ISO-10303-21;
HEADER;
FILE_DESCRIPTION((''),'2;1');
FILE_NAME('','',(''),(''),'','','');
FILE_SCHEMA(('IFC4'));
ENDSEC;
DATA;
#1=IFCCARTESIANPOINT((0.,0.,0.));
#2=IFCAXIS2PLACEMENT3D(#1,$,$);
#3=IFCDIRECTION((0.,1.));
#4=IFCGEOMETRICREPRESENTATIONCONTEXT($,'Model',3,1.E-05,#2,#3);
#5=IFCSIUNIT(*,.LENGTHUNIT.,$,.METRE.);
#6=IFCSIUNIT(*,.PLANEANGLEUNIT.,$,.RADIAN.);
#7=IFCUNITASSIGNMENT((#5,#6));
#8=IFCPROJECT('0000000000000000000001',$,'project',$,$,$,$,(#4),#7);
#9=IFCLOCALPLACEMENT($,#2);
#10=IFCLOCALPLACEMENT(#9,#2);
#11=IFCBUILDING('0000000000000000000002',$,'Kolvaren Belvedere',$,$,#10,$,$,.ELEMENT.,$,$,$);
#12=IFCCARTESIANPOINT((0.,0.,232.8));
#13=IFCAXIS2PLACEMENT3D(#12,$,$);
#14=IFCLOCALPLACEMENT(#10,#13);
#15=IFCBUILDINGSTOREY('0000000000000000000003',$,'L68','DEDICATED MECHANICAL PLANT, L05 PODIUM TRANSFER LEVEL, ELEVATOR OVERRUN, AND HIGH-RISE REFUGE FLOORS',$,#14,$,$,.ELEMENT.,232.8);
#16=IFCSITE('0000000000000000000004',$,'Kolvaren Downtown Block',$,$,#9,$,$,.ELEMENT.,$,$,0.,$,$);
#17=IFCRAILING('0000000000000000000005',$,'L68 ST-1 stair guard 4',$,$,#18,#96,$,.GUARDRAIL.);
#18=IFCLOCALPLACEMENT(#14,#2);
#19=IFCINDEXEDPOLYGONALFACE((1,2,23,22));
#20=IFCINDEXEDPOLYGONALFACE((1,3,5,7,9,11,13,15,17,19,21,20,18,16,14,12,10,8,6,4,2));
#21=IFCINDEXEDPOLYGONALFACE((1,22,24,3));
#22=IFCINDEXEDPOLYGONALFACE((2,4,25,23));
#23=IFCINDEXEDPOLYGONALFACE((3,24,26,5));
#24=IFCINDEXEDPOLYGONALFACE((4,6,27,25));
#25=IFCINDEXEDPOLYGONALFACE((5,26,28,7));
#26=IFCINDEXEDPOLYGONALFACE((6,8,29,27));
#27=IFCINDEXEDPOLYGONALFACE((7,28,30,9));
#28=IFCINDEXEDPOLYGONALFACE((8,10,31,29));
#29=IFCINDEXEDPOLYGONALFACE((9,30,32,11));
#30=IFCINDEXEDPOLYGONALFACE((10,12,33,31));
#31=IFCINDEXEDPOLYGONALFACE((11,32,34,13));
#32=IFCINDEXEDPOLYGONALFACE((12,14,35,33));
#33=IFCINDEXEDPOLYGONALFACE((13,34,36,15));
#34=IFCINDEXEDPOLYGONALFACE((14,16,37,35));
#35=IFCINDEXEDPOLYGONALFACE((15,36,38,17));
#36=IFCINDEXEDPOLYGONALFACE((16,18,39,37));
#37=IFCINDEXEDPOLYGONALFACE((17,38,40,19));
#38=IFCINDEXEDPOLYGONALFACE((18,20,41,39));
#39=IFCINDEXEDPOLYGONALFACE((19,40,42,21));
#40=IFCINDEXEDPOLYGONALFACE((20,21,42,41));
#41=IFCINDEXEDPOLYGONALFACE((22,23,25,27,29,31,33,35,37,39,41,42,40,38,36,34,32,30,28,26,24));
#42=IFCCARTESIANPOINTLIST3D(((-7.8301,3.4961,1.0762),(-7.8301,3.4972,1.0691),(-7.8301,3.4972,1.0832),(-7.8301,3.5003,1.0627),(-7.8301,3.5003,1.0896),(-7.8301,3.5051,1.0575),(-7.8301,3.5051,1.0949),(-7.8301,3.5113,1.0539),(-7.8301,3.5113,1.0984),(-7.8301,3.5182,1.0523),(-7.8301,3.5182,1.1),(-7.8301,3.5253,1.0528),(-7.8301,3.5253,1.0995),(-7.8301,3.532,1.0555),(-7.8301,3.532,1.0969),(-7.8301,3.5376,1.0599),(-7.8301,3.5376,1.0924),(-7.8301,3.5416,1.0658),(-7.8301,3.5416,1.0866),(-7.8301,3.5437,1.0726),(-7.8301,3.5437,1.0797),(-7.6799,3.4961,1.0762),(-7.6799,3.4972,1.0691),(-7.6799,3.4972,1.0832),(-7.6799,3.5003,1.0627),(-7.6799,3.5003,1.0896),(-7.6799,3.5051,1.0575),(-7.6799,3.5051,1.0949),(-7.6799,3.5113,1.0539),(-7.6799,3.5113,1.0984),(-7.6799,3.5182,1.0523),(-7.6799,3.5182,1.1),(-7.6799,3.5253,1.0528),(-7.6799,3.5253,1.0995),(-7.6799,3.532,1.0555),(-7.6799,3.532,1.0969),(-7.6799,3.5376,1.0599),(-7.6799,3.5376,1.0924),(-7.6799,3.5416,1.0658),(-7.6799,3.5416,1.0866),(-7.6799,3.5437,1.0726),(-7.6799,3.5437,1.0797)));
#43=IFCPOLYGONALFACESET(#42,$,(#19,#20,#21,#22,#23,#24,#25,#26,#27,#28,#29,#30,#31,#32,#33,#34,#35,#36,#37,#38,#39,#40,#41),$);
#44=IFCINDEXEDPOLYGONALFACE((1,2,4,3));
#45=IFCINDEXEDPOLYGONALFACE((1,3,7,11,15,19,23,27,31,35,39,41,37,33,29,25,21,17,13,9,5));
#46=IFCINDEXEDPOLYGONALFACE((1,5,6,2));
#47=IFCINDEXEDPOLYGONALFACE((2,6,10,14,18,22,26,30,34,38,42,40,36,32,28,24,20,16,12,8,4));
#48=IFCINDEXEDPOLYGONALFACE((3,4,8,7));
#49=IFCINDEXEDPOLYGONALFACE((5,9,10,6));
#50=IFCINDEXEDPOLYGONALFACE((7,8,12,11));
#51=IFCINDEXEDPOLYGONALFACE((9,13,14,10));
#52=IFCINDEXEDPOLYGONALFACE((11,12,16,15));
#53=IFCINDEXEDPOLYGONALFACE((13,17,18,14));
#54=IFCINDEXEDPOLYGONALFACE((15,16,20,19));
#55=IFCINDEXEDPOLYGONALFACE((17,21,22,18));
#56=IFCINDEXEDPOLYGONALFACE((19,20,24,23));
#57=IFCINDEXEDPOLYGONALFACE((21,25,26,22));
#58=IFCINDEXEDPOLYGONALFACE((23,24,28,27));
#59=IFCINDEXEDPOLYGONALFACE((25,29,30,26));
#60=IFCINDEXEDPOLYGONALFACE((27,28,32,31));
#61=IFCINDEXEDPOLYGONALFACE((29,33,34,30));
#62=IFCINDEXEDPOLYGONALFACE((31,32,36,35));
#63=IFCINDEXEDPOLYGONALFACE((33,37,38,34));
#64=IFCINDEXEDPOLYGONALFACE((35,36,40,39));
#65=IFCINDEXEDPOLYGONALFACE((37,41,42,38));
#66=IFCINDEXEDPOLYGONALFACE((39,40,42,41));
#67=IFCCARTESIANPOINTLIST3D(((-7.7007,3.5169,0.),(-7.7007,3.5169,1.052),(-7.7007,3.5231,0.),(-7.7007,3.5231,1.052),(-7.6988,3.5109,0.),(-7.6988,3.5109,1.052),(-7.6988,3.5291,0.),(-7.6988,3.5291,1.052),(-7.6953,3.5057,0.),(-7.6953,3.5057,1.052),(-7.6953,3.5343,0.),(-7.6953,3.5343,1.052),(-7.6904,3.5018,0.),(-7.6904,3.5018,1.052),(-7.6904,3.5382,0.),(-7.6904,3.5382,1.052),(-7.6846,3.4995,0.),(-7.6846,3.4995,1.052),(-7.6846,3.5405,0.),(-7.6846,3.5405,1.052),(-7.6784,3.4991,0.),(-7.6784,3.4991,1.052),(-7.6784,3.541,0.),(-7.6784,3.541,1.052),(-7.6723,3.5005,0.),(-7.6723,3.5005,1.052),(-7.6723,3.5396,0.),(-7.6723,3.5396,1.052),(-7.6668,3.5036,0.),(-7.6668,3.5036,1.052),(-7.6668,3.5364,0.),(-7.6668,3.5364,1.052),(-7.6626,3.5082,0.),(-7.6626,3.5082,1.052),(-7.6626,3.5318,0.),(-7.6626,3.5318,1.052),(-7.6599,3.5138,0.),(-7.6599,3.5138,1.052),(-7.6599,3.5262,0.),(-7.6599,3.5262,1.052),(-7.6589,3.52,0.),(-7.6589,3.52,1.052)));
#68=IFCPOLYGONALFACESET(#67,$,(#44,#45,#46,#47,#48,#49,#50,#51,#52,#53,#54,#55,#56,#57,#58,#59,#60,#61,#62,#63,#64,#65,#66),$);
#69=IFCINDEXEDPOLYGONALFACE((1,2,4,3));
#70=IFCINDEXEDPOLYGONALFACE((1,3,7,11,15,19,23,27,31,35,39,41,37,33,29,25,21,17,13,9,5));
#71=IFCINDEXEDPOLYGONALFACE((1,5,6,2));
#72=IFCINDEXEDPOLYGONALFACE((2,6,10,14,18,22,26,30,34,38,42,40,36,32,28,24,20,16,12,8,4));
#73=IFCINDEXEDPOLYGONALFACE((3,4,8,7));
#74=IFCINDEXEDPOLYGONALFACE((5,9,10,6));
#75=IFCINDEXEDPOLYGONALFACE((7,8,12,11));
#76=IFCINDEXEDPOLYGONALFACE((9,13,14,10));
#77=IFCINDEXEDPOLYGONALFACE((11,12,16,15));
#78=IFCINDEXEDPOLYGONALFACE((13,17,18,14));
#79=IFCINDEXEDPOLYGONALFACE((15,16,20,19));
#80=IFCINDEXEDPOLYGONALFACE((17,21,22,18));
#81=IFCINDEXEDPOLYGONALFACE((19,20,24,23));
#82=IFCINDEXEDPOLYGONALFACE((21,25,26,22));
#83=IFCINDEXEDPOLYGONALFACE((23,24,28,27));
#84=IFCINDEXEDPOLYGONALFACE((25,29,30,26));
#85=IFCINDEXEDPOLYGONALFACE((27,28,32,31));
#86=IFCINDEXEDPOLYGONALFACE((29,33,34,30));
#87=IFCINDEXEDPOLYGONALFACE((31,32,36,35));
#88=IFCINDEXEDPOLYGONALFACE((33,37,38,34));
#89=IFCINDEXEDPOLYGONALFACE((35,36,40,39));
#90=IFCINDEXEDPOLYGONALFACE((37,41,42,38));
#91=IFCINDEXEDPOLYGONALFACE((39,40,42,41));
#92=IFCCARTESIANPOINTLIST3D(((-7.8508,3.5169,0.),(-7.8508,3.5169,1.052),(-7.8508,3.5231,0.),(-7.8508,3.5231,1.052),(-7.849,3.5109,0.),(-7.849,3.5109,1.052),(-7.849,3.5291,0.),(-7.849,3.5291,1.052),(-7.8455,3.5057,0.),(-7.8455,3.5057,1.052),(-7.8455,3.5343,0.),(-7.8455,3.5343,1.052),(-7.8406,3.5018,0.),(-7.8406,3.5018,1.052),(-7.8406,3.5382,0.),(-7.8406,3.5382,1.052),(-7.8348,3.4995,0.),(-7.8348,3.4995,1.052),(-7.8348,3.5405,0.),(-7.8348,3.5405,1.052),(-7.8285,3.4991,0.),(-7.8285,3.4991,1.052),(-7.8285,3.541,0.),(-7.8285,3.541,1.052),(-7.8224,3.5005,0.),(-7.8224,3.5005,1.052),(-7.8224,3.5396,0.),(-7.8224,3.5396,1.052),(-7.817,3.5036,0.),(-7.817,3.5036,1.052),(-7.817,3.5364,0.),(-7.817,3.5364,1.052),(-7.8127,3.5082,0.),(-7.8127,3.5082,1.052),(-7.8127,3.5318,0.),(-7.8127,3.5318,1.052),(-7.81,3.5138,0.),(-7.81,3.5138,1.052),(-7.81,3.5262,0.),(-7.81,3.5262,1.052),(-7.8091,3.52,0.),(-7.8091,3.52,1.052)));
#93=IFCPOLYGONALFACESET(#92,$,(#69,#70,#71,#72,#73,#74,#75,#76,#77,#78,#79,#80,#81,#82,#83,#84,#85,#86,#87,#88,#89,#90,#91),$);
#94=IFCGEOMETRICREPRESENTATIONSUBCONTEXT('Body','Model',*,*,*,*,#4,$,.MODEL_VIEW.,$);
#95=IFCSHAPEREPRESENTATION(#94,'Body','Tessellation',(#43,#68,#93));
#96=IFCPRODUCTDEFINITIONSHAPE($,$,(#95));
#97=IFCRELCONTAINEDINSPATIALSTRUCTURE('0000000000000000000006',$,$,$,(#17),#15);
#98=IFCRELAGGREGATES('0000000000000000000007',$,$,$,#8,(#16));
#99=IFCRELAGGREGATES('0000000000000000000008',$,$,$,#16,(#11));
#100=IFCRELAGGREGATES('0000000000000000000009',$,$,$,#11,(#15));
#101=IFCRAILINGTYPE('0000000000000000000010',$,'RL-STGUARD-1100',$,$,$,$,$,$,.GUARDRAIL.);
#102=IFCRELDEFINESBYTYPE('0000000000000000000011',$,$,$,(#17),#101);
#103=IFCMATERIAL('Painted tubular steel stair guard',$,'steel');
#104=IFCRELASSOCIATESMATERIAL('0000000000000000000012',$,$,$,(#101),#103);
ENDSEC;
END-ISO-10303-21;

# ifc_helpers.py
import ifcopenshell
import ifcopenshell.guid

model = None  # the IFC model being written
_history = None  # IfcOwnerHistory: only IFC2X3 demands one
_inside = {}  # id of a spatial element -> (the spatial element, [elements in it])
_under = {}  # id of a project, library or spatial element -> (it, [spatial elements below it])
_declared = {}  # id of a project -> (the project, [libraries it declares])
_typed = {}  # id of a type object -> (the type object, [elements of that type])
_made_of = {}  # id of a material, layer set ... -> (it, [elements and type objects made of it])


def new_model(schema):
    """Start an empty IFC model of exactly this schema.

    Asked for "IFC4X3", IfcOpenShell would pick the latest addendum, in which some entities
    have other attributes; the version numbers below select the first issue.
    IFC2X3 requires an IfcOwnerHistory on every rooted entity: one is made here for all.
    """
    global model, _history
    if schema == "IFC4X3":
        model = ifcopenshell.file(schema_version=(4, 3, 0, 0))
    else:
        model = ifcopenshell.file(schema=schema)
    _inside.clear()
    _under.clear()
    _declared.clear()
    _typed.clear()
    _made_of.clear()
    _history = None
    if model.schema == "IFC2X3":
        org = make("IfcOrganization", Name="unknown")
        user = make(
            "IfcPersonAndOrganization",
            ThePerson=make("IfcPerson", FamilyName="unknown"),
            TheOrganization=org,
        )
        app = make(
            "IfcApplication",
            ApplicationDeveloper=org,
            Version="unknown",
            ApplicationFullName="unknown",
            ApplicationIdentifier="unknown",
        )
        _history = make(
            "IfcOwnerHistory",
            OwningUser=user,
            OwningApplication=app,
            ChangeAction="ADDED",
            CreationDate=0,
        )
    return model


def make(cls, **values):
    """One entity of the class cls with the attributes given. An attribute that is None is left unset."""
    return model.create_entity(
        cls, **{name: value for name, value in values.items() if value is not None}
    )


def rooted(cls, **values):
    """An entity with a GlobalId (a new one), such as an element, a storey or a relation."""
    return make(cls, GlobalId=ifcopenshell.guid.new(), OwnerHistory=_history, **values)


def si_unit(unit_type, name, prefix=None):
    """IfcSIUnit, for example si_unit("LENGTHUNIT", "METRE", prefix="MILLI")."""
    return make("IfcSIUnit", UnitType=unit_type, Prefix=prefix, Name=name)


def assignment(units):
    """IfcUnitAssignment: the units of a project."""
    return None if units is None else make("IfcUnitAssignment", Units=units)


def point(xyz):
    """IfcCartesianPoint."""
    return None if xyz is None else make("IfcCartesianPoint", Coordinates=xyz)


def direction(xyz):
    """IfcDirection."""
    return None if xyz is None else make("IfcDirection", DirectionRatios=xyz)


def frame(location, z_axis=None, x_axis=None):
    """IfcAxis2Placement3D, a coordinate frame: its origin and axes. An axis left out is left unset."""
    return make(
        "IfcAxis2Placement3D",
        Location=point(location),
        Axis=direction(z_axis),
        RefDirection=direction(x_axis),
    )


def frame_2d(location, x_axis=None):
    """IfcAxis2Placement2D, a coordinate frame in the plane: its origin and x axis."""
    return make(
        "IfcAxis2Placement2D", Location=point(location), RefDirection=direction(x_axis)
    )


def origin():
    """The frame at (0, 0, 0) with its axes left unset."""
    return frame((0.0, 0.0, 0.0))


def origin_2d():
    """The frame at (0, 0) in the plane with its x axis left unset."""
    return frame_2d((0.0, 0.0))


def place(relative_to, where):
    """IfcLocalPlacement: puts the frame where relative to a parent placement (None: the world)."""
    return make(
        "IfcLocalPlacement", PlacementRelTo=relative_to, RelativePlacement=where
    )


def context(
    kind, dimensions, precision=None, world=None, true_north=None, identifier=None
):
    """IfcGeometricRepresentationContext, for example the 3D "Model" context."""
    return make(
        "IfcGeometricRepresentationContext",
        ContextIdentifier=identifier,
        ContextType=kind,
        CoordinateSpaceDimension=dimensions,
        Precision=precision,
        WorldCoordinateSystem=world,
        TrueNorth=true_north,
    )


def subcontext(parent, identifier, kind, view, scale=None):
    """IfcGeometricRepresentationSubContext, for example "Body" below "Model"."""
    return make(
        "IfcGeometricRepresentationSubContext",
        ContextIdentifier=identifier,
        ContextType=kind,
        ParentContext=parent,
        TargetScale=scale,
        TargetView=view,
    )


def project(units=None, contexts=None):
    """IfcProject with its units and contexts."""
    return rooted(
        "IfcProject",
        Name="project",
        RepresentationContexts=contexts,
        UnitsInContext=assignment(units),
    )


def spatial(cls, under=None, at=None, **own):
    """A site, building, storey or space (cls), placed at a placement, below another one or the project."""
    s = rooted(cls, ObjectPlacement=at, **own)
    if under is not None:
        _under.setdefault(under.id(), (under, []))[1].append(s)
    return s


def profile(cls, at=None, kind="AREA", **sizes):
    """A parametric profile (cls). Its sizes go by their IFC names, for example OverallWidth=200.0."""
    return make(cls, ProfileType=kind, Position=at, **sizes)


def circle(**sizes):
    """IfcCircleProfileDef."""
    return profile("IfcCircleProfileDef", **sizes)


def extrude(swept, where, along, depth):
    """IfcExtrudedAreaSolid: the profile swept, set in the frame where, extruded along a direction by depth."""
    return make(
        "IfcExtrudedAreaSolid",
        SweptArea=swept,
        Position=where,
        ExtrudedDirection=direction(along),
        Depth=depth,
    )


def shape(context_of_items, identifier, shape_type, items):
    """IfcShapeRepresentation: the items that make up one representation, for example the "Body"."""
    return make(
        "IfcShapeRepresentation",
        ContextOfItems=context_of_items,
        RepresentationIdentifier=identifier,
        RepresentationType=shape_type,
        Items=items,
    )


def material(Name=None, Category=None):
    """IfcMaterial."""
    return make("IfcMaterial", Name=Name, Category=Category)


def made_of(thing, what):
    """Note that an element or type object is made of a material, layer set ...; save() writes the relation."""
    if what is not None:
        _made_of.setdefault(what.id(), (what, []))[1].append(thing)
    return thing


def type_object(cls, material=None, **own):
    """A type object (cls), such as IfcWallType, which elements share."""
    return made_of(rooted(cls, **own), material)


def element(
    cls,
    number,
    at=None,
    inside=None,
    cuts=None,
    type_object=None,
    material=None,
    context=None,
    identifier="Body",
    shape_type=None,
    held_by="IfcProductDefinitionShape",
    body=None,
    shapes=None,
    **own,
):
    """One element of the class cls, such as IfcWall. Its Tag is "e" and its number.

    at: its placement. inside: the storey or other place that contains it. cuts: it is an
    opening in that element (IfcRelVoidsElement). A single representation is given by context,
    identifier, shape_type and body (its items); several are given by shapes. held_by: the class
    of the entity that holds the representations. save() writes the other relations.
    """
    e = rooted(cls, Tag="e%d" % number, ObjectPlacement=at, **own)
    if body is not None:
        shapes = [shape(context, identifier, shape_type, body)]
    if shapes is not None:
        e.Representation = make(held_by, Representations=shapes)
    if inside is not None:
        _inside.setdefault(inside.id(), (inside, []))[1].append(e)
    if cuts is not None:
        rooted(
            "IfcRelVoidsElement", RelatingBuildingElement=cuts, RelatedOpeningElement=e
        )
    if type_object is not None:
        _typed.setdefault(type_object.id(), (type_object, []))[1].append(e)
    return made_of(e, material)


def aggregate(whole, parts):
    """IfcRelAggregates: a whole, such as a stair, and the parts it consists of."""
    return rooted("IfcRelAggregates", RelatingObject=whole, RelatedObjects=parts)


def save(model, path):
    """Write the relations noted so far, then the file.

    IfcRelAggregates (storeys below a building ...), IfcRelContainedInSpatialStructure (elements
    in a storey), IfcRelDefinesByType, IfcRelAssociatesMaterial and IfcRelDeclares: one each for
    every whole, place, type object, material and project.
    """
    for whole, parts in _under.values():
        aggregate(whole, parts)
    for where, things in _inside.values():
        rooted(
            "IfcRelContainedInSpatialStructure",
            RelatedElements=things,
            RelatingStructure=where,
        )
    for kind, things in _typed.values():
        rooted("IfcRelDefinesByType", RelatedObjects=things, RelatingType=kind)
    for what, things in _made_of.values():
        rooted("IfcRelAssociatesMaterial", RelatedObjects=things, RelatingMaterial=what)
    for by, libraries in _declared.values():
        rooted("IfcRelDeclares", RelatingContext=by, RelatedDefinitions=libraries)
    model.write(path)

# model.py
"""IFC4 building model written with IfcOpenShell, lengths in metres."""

from ifc_helpers import new_model, si_unit, direction, frame, origin, origin_2d, place, context, subcontext, project, spatial, circle, extrude, material, type_object, element, save


model = new_model("IFC4")

# Units and contexts
model_context = context("Model", 3, precision=1e-05, world=origin(), true_north=direction((0.0, 1.0)))
body_context = subcontext(model_context, "Body", "Model", "MODEL_VIEW")
ifc_project = project(units=[si_unit("LENGTHUNIT", "METRE"), si_unit("PLANEANGLEUNIT", "RADIAN")], contexts=[model_context])

# Site, building, storey
site_placement = place(None, origin())
site = spatial("IfcSite", under=ifc_project, at=site_placement, Name="Kolvaren Downtown Block", CompositionType="ELEMENT", RefElevation=0.0)
building_placement = place(site_placement, origin())
building = spatial("IfcBuilding", under=site, at=building_placement, Name="Kolvaren Belvedere", CompositionType="ELEMENT")
storey_placement = place(building_placement, frame((0.0, 0.0, 232.8)))
storey = spatial("IfcBuildingStorey", under=building, at=storey_placement, Name="L68", Description="DEDICATED MECHANICAL PLANT, L05 PODIUM TRANSFER LEVEL, ELEVATOR OVERRUN, AND HIGH-RISE REFUGE FLOORS", CompositionType="ELEMENT", Elevation=232.8)

# Railing
ifc_material_1 = material(Name="Painted tubular steel stair guard", Category="steel")
railing_type_1 = type_object("IfcRailingType", Name="RL-STGUARD-1100", PredefinedType="GUARDRAIL", material=ifc_material_1)
railing_1_placement = place(storey_placement, frame((-7.6799, 3.52, 0.0)))
element("IfcRailing", 1, at=railing_1_placement, inside=storey, type_object=railing_type_1, Name="L68 ST-1 stair guard 4", PredefinedType="GUARDRAIL", context=body_context, shape_type="SweptSolid", body=[
    extrude(circle(Radius=0.0239, at=origin_2d()), frame((0.0, 0.0, 1.0762), z_axis=(-1.0, 0.0, 0.0), x_axis=(0.0, -1.0, 0.0)), (0.0, 0.0, 1.0), 0.1501),
    extrude(circle(Radius=0.021, at=origin_2d()), origin(), (0.0, 0.0, 1.0), 1.052),
    extrude(circle(Radius=0.021, at=origin_2d()), frame((-0.1501, 0.0, 0.0)), (0.0, 0.0, 1.0), 1.052),
])

save(model, "model.ifc")
